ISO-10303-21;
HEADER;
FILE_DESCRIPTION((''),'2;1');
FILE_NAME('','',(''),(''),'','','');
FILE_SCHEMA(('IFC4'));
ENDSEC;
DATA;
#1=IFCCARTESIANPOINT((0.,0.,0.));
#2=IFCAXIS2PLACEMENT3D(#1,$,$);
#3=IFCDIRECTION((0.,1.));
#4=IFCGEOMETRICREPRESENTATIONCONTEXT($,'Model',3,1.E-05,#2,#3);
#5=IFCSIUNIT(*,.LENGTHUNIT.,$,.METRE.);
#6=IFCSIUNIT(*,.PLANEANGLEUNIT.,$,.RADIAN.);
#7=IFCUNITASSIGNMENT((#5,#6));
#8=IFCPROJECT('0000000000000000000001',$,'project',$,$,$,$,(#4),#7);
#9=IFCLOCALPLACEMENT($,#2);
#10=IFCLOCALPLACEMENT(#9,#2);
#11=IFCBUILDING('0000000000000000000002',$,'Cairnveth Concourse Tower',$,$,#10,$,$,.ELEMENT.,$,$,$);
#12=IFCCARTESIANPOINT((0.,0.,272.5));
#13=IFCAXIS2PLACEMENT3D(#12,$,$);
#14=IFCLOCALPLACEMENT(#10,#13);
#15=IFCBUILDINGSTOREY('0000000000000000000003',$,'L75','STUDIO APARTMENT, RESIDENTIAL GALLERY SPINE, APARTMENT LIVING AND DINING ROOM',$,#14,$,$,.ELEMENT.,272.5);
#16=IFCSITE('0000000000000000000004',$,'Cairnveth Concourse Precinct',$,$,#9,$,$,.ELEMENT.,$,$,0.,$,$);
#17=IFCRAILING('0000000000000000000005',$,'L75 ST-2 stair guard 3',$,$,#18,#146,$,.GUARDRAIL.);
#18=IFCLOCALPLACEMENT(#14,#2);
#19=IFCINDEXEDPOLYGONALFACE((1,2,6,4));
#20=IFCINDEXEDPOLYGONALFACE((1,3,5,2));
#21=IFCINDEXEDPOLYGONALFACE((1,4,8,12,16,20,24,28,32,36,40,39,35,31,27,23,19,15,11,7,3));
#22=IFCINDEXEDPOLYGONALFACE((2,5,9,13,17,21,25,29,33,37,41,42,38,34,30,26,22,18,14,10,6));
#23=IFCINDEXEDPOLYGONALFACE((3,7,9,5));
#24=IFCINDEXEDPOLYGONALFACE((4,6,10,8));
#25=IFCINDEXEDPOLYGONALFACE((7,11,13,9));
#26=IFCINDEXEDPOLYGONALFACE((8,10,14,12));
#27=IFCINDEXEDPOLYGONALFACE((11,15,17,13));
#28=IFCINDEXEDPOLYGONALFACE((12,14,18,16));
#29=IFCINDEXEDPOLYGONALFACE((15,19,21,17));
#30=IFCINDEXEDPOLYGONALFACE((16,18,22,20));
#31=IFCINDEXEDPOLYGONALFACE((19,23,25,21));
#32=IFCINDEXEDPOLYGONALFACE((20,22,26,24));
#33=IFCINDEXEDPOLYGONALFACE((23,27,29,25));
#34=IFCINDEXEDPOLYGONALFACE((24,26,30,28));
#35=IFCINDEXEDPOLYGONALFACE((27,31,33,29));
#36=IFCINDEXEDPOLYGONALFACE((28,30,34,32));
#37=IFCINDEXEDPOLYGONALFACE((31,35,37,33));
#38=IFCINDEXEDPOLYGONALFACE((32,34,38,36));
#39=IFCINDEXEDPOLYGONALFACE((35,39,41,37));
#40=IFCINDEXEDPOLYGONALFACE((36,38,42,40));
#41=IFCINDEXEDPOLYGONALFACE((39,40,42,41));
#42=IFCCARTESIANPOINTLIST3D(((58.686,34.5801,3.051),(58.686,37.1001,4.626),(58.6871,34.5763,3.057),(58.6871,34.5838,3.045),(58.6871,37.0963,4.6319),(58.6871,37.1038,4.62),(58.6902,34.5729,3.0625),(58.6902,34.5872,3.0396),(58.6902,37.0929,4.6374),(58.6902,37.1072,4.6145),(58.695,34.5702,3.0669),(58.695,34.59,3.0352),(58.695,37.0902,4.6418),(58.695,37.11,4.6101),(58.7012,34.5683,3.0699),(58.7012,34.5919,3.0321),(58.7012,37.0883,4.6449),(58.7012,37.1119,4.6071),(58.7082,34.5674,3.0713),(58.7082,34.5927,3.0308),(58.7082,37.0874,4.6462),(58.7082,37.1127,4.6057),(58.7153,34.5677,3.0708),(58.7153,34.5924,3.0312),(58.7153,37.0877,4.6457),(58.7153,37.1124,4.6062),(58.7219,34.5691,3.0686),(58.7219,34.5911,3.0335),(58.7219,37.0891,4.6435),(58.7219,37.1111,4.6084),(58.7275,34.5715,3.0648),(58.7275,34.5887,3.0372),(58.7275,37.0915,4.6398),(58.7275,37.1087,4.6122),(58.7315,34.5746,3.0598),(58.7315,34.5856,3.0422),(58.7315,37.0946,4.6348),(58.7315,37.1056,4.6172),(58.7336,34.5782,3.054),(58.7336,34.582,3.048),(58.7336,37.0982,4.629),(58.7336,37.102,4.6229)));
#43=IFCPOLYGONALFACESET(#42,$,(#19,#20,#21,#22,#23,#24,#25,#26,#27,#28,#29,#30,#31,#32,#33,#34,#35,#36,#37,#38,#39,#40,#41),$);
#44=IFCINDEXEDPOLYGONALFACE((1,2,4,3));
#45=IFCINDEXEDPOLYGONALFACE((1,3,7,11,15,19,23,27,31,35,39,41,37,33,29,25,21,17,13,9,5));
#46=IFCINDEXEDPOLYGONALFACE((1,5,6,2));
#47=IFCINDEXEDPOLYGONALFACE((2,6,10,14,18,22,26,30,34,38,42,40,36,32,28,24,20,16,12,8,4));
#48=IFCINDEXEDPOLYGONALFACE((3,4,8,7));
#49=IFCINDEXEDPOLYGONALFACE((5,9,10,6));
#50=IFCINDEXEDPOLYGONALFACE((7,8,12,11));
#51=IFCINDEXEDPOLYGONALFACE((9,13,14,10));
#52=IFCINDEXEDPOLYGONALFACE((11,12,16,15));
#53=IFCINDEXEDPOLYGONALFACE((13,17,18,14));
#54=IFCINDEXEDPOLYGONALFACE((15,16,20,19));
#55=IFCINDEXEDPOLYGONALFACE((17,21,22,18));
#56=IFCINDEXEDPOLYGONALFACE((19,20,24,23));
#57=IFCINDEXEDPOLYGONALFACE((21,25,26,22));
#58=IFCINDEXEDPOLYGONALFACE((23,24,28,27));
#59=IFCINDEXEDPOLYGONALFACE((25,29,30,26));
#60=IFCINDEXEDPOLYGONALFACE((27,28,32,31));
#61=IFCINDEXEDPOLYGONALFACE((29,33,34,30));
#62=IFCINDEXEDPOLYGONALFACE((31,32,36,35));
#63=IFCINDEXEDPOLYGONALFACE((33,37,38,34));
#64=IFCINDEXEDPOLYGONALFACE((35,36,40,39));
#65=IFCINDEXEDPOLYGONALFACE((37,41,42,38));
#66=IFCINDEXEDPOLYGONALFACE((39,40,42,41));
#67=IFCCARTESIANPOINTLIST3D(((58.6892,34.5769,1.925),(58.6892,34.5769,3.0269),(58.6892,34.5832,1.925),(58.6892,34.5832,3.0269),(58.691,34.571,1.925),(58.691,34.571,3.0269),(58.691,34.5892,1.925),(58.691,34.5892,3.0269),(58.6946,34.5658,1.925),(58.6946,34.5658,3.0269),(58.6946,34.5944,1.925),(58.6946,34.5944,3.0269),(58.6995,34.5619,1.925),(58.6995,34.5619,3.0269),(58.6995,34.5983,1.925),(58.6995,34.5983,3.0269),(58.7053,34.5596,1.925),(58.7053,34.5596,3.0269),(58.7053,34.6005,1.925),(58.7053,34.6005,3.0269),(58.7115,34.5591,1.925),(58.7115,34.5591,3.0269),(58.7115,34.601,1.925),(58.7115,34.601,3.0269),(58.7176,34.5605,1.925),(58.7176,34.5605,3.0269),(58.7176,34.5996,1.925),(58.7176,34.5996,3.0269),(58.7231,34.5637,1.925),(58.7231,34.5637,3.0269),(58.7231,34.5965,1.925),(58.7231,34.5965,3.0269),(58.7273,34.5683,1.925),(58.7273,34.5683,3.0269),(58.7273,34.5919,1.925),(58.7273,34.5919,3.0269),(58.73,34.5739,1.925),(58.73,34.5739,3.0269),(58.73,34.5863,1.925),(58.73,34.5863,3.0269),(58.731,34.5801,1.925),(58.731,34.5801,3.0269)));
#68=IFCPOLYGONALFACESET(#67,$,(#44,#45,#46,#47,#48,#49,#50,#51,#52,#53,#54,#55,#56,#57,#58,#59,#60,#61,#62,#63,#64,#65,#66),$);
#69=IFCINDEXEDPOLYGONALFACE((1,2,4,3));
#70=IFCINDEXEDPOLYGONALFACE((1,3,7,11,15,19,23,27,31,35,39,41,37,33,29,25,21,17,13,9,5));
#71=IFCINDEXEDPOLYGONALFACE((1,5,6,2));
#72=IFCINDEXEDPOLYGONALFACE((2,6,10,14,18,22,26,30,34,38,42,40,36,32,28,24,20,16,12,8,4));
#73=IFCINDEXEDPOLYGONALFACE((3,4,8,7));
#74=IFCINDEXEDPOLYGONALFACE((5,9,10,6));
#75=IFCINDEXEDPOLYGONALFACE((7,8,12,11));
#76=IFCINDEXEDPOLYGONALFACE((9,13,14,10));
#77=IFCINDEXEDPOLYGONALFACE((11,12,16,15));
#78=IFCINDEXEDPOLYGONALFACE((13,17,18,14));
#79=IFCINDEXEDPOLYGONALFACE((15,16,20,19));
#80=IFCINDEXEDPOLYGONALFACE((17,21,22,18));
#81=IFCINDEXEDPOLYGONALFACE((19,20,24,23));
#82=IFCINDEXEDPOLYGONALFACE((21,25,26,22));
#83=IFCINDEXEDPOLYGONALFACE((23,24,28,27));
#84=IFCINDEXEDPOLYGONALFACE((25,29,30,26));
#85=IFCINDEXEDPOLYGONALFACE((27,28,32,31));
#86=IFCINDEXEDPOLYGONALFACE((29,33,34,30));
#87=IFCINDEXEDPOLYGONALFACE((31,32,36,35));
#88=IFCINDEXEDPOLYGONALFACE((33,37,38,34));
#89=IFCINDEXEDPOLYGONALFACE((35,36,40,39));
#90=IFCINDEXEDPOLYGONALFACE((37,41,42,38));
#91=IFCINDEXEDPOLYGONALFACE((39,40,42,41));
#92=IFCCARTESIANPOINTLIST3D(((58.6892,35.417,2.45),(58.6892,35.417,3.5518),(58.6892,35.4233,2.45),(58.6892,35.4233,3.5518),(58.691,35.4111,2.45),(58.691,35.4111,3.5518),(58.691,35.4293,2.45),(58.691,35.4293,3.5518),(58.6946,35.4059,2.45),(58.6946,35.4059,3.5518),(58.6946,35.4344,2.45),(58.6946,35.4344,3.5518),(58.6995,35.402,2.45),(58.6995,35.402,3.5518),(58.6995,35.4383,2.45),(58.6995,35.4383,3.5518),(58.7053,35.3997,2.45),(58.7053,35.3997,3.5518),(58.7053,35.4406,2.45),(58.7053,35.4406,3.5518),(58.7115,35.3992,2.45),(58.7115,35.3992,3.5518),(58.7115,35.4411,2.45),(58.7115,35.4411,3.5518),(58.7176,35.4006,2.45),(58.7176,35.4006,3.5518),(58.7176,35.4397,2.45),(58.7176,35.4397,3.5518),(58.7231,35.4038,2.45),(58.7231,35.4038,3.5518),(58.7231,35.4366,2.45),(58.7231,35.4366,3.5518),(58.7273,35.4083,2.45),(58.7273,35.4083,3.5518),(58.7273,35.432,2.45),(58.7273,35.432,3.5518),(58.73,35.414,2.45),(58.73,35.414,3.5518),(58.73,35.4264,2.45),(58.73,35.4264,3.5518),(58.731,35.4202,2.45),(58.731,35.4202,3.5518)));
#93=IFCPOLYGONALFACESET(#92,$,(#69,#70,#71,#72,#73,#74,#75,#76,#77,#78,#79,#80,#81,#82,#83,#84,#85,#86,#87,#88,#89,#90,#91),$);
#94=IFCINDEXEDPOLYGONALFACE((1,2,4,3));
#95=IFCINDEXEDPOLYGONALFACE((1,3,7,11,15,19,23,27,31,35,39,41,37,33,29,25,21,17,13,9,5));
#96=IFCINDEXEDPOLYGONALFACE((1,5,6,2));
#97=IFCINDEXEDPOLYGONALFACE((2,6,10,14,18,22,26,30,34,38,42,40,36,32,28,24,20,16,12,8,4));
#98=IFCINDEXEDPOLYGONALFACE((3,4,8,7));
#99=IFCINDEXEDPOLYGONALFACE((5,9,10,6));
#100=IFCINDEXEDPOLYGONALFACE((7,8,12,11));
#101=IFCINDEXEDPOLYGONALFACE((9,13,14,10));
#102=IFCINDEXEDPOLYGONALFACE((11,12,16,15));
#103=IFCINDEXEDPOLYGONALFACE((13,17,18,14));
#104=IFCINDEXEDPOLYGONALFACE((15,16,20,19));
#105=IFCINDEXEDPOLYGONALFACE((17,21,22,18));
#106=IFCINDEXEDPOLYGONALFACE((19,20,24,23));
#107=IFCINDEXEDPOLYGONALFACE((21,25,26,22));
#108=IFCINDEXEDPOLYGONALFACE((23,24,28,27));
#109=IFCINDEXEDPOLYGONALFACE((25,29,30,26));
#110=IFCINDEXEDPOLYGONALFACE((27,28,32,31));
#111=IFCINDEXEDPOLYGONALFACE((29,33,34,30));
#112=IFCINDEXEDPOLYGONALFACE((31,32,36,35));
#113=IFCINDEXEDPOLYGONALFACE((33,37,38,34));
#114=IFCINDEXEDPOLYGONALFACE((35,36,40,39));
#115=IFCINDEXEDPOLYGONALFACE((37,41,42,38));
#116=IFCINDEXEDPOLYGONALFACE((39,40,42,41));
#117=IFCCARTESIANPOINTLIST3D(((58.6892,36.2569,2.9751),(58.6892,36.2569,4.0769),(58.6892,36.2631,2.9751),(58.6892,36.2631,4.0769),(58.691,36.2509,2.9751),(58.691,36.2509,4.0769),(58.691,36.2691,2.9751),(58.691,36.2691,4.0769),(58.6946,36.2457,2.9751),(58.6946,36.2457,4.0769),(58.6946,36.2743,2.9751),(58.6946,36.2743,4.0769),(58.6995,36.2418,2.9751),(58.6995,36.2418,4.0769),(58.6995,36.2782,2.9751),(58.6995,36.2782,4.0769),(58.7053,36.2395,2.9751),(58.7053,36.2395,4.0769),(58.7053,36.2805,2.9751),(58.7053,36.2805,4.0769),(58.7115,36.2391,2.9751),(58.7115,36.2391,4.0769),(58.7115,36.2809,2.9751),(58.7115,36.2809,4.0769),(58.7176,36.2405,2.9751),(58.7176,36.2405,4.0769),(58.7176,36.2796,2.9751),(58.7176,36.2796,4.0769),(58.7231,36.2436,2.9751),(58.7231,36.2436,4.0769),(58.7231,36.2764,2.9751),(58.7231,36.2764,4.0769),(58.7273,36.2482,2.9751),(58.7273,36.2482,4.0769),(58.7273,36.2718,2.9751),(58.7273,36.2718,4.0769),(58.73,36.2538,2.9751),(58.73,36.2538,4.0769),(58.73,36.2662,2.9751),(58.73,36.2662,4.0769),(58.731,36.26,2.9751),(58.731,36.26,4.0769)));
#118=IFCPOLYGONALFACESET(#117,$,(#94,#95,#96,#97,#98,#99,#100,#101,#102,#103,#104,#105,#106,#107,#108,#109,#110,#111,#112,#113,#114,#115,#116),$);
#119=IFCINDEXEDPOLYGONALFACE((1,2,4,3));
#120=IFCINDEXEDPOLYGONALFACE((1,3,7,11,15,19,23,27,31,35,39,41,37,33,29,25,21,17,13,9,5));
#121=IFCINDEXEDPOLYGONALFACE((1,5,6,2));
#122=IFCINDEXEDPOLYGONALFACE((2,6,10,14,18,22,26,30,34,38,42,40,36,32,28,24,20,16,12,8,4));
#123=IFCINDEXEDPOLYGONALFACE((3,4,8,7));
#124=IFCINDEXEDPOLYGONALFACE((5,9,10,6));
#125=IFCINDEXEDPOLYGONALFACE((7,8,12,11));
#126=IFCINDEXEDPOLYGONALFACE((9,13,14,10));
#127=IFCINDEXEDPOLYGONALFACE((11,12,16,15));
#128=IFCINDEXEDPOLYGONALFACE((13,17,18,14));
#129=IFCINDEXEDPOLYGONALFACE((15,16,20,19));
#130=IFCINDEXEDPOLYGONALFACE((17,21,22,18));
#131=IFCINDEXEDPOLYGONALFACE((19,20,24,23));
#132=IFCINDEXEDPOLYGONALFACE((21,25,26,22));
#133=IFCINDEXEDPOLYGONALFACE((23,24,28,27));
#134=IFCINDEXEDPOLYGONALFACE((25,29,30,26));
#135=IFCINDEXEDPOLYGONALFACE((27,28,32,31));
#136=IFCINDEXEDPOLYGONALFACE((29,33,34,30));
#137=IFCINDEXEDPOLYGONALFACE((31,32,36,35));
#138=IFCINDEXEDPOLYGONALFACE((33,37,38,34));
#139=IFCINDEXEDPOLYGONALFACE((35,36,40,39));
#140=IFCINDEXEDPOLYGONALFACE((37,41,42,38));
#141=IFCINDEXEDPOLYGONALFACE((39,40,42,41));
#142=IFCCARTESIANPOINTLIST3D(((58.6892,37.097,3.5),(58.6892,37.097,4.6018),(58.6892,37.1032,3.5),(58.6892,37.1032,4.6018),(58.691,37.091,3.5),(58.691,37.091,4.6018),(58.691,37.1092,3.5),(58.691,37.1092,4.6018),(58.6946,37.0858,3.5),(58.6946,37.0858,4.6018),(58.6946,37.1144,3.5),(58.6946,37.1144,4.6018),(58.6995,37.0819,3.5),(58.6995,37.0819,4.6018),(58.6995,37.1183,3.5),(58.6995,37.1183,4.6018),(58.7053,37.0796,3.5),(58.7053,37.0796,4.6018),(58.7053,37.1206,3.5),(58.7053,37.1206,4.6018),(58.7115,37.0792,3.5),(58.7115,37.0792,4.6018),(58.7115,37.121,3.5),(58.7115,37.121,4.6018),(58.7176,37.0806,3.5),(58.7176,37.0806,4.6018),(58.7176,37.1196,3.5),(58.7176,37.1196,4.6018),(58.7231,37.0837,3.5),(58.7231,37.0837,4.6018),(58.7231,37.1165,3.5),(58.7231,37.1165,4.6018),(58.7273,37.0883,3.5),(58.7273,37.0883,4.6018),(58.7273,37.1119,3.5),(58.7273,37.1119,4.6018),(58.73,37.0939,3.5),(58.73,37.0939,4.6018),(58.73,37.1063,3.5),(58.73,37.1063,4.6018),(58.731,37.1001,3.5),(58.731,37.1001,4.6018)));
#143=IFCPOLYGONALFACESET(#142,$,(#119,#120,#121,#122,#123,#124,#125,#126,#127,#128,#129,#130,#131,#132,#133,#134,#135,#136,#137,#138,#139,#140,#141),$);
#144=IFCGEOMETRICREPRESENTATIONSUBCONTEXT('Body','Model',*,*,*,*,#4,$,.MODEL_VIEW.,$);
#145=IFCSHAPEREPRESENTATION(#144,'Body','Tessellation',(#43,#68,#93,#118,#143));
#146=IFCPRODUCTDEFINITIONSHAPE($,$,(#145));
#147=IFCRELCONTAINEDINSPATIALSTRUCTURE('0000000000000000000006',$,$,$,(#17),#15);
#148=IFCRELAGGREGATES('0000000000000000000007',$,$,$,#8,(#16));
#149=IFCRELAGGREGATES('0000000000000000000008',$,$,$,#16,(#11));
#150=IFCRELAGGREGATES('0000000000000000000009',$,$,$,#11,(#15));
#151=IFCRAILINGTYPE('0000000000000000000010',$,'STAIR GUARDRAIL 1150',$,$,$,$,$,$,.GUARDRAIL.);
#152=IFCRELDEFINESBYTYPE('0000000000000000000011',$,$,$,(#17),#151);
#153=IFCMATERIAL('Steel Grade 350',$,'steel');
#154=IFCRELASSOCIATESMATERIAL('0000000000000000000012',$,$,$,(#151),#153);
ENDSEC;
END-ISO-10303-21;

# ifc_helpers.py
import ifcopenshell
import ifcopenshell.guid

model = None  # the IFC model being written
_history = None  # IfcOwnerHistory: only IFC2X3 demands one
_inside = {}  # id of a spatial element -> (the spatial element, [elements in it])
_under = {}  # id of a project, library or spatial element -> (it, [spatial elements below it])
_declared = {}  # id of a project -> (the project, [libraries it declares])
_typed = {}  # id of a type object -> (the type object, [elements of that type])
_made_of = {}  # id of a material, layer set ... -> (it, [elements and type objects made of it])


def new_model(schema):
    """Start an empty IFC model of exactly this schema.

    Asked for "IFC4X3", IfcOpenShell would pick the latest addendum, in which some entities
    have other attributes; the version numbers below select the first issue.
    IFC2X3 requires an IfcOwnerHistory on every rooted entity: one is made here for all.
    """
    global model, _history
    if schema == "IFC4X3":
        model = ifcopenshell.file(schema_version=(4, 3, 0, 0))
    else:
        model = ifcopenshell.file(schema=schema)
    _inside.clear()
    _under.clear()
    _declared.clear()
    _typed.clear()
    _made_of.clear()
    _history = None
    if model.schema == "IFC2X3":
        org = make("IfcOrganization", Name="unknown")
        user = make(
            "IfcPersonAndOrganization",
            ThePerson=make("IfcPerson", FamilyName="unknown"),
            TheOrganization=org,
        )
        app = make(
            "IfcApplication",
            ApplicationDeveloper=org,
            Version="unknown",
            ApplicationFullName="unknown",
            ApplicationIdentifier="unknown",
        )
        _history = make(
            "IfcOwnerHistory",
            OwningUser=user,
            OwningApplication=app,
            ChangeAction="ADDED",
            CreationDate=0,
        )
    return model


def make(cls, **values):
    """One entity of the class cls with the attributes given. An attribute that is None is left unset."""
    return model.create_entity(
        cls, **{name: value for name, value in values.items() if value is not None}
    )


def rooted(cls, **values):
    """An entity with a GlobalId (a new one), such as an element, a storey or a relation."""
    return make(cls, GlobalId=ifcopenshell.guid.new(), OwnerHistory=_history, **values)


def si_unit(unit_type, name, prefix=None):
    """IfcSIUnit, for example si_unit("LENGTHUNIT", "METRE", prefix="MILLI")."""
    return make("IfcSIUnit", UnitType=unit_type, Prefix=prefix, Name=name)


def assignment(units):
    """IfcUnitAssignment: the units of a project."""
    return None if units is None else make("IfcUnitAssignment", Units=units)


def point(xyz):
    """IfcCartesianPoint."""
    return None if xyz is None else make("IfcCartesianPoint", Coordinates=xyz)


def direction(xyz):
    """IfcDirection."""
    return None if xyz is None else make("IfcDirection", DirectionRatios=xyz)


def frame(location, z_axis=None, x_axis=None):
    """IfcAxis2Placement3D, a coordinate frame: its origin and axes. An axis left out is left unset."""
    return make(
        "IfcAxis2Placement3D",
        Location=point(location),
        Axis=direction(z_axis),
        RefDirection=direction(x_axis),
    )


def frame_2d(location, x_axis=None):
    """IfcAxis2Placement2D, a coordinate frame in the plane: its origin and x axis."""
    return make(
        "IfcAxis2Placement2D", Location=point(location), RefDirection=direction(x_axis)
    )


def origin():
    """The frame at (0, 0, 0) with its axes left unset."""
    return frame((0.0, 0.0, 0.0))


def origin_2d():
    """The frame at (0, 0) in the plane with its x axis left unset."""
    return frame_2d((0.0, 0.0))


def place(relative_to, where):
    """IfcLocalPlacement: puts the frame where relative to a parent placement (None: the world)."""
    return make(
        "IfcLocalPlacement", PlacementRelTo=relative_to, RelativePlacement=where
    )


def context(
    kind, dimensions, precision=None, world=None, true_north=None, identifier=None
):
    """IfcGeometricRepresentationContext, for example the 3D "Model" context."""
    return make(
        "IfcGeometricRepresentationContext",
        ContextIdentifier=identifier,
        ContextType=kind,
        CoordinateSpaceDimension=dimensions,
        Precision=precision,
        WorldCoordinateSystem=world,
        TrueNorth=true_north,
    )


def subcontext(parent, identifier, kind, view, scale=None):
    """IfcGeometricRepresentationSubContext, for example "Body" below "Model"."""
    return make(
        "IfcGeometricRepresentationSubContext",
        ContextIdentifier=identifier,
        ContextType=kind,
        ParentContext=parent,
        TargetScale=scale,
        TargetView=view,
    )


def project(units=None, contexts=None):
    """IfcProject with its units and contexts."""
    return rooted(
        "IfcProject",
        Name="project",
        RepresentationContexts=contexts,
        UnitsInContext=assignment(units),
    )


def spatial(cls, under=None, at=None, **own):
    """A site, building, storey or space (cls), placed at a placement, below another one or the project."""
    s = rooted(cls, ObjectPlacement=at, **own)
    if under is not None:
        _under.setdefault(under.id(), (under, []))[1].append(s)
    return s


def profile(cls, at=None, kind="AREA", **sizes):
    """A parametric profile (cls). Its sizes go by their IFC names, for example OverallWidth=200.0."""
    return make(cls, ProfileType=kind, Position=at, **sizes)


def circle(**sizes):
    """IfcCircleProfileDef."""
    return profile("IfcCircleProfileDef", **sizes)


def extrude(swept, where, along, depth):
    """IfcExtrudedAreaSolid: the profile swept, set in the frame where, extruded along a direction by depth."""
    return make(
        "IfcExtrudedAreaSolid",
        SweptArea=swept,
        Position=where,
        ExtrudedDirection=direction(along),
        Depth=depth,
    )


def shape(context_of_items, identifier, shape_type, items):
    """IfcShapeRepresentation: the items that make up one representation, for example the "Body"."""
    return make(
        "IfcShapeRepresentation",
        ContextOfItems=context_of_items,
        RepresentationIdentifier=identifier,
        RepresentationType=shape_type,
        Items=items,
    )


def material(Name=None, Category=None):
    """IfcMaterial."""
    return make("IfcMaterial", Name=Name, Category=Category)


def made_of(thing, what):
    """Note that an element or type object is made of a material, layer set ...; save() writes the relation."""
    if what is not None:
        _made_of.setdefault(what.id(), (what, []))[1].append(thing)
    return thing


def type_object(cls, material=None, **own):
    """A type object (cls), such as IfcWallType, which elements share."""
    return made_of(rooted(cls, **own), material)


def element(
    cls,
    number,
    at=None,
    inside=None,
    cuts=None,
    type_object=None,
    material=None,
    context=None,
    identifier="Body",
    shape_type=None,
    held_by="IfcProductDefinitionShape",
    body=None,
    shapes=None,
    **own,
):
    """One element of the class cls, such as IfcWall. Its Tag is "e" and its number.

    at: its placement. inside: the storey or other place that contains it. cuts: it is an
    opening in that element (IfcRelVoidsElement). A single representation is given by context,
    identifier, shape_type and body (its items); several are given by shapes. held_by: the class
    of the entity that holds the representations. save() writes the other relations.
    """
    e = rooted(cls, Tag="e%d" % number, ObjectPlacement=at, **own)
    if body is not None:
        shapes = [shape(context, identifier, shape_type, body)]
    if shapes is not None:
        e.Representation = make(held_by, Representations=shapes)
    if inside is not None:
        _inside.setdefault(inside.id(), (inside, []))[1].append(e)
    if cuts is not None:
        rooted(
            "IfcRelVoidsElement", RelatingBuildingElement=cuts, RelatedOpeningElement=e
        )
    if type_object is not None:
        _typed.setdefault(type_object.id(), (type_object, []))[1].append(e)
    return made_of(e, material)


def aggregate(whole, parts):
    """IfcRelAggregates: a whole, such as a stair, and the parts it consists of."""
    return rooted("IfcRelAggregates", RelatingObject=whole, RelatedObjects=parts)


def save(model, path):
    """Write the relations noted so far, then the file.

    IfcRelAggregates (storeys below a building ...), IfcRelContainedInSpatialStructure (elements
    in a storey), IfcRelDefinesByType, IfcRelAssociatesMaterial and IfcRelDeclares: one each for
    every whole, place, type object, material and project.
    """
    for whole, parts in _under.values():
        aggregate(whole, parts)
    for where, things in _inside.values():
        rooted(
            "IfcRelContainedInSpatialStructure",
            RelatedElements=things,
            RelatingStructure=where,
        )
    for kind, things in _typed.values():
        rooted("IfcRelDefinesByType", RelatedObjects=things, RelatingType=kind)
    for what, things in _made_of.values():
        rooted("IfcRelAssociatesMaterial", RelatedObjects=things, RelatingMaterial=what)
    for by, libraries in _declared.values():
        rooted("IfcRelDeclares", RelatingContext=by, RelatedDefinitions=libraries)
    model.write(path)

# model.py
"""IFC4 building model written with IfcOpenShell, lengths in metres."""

from ifc_helpers import new_model, si_unit, direction, frame, origin, origin_2d, place, context, subcontext, project, spatial, circle, extrude, material, type_object, element, save


model = new_model("IFC4")

# Units and contexts
model_context = context("Model", 3, precision=1e-05, world=origin(), true_north=direction((0.0, 1.0)))
body_context = subcontext(model_context, "Body", "Model", "MODEL_VIEW")
ifc_project = project(units=[si_unit("LENGTHUNIT", "METRE"), si_unit("PLANEANGLEUNIT", "RADIAN")], contexts=[model_context])

# Site, building, storey
site_placement = place(None, origin())
site = spatial("IfcSite", under=ifc_project, at=site_placement, Name="Cairnveth Concourse Precinct", CompositionType="ELEMENT", RefElevation=0.0)
building_placement = place(site_placement, origin())
building = spatial("IfcBuilding", under=site, at=building_placement, Name="Cairnveth Concourse Tower", CompositionType="ELEMENT")
storey_placement = place(building_placement, frame((0.0, 0.0, 272.5)))
storey = spatial("IfcBuildingStorey", under=building, at=storey_placement, Name="L75", Description="STUDIO APARTMENT, RESIDENTIAL GALLERY SPINE, APARTMENT LIVING AND DINING ROOM", CompositionType="ELEMENT", Elevation=272.5)

# Shared definitions
ifc_material_1 = material(Name="Steel Grade 350", Category="steel")

# Railing
railing_type_1 = type_object("IfcRailingType", Name="STAIR GUARDRAIL 1150", PredefinedType="GUARDRAIL", material=ifc_material_1)
railing_1_placement = place(storey_placement, frame((58.71, 34.5801, 1.925)))
element("IfcRailing", 1, at=railing_1_placement, inside=storey, type_object=railing_type_1, Name="L75 ST-2 stair guard 3", PredefinedType="GUARDRAIL", context=body_context, shape_type="SweptSolid", body=[
    extrude(circle(Radius=0.0239, at=origin_2d()), frame((0.0, 0.0, 1.126), z_axis=(0.0, 0.848008, 0.529984), x_axis=(-1.0, 0.0, 0.0)), (0.0, 0.0, 1.0), 2.9717),
    extrude(circle(Radius=0.021, at=origin_2d()), origin(), (0.0, 0.0, 1.0), 1.1018),
    extrude(circle(Radius=0.021, at=origin_2d()), frame((0.0, 0.8401, 0.5249)), (0.0, 0.0, 1.0), 1.1018),
    extrude(circle(Radius=0.021, at=origin_2d()), frame((0.0, 1.6799, 1.05)), (0.0, 0.0, 1.0), 1.1018),
    extrude(circle(Radius=0.021, at=origin_2d()), frame((0.0, 2.52, 1.575)), (0.0, 0.0, 1.0), 1.1018),
])

save(model, "model.ifc")
